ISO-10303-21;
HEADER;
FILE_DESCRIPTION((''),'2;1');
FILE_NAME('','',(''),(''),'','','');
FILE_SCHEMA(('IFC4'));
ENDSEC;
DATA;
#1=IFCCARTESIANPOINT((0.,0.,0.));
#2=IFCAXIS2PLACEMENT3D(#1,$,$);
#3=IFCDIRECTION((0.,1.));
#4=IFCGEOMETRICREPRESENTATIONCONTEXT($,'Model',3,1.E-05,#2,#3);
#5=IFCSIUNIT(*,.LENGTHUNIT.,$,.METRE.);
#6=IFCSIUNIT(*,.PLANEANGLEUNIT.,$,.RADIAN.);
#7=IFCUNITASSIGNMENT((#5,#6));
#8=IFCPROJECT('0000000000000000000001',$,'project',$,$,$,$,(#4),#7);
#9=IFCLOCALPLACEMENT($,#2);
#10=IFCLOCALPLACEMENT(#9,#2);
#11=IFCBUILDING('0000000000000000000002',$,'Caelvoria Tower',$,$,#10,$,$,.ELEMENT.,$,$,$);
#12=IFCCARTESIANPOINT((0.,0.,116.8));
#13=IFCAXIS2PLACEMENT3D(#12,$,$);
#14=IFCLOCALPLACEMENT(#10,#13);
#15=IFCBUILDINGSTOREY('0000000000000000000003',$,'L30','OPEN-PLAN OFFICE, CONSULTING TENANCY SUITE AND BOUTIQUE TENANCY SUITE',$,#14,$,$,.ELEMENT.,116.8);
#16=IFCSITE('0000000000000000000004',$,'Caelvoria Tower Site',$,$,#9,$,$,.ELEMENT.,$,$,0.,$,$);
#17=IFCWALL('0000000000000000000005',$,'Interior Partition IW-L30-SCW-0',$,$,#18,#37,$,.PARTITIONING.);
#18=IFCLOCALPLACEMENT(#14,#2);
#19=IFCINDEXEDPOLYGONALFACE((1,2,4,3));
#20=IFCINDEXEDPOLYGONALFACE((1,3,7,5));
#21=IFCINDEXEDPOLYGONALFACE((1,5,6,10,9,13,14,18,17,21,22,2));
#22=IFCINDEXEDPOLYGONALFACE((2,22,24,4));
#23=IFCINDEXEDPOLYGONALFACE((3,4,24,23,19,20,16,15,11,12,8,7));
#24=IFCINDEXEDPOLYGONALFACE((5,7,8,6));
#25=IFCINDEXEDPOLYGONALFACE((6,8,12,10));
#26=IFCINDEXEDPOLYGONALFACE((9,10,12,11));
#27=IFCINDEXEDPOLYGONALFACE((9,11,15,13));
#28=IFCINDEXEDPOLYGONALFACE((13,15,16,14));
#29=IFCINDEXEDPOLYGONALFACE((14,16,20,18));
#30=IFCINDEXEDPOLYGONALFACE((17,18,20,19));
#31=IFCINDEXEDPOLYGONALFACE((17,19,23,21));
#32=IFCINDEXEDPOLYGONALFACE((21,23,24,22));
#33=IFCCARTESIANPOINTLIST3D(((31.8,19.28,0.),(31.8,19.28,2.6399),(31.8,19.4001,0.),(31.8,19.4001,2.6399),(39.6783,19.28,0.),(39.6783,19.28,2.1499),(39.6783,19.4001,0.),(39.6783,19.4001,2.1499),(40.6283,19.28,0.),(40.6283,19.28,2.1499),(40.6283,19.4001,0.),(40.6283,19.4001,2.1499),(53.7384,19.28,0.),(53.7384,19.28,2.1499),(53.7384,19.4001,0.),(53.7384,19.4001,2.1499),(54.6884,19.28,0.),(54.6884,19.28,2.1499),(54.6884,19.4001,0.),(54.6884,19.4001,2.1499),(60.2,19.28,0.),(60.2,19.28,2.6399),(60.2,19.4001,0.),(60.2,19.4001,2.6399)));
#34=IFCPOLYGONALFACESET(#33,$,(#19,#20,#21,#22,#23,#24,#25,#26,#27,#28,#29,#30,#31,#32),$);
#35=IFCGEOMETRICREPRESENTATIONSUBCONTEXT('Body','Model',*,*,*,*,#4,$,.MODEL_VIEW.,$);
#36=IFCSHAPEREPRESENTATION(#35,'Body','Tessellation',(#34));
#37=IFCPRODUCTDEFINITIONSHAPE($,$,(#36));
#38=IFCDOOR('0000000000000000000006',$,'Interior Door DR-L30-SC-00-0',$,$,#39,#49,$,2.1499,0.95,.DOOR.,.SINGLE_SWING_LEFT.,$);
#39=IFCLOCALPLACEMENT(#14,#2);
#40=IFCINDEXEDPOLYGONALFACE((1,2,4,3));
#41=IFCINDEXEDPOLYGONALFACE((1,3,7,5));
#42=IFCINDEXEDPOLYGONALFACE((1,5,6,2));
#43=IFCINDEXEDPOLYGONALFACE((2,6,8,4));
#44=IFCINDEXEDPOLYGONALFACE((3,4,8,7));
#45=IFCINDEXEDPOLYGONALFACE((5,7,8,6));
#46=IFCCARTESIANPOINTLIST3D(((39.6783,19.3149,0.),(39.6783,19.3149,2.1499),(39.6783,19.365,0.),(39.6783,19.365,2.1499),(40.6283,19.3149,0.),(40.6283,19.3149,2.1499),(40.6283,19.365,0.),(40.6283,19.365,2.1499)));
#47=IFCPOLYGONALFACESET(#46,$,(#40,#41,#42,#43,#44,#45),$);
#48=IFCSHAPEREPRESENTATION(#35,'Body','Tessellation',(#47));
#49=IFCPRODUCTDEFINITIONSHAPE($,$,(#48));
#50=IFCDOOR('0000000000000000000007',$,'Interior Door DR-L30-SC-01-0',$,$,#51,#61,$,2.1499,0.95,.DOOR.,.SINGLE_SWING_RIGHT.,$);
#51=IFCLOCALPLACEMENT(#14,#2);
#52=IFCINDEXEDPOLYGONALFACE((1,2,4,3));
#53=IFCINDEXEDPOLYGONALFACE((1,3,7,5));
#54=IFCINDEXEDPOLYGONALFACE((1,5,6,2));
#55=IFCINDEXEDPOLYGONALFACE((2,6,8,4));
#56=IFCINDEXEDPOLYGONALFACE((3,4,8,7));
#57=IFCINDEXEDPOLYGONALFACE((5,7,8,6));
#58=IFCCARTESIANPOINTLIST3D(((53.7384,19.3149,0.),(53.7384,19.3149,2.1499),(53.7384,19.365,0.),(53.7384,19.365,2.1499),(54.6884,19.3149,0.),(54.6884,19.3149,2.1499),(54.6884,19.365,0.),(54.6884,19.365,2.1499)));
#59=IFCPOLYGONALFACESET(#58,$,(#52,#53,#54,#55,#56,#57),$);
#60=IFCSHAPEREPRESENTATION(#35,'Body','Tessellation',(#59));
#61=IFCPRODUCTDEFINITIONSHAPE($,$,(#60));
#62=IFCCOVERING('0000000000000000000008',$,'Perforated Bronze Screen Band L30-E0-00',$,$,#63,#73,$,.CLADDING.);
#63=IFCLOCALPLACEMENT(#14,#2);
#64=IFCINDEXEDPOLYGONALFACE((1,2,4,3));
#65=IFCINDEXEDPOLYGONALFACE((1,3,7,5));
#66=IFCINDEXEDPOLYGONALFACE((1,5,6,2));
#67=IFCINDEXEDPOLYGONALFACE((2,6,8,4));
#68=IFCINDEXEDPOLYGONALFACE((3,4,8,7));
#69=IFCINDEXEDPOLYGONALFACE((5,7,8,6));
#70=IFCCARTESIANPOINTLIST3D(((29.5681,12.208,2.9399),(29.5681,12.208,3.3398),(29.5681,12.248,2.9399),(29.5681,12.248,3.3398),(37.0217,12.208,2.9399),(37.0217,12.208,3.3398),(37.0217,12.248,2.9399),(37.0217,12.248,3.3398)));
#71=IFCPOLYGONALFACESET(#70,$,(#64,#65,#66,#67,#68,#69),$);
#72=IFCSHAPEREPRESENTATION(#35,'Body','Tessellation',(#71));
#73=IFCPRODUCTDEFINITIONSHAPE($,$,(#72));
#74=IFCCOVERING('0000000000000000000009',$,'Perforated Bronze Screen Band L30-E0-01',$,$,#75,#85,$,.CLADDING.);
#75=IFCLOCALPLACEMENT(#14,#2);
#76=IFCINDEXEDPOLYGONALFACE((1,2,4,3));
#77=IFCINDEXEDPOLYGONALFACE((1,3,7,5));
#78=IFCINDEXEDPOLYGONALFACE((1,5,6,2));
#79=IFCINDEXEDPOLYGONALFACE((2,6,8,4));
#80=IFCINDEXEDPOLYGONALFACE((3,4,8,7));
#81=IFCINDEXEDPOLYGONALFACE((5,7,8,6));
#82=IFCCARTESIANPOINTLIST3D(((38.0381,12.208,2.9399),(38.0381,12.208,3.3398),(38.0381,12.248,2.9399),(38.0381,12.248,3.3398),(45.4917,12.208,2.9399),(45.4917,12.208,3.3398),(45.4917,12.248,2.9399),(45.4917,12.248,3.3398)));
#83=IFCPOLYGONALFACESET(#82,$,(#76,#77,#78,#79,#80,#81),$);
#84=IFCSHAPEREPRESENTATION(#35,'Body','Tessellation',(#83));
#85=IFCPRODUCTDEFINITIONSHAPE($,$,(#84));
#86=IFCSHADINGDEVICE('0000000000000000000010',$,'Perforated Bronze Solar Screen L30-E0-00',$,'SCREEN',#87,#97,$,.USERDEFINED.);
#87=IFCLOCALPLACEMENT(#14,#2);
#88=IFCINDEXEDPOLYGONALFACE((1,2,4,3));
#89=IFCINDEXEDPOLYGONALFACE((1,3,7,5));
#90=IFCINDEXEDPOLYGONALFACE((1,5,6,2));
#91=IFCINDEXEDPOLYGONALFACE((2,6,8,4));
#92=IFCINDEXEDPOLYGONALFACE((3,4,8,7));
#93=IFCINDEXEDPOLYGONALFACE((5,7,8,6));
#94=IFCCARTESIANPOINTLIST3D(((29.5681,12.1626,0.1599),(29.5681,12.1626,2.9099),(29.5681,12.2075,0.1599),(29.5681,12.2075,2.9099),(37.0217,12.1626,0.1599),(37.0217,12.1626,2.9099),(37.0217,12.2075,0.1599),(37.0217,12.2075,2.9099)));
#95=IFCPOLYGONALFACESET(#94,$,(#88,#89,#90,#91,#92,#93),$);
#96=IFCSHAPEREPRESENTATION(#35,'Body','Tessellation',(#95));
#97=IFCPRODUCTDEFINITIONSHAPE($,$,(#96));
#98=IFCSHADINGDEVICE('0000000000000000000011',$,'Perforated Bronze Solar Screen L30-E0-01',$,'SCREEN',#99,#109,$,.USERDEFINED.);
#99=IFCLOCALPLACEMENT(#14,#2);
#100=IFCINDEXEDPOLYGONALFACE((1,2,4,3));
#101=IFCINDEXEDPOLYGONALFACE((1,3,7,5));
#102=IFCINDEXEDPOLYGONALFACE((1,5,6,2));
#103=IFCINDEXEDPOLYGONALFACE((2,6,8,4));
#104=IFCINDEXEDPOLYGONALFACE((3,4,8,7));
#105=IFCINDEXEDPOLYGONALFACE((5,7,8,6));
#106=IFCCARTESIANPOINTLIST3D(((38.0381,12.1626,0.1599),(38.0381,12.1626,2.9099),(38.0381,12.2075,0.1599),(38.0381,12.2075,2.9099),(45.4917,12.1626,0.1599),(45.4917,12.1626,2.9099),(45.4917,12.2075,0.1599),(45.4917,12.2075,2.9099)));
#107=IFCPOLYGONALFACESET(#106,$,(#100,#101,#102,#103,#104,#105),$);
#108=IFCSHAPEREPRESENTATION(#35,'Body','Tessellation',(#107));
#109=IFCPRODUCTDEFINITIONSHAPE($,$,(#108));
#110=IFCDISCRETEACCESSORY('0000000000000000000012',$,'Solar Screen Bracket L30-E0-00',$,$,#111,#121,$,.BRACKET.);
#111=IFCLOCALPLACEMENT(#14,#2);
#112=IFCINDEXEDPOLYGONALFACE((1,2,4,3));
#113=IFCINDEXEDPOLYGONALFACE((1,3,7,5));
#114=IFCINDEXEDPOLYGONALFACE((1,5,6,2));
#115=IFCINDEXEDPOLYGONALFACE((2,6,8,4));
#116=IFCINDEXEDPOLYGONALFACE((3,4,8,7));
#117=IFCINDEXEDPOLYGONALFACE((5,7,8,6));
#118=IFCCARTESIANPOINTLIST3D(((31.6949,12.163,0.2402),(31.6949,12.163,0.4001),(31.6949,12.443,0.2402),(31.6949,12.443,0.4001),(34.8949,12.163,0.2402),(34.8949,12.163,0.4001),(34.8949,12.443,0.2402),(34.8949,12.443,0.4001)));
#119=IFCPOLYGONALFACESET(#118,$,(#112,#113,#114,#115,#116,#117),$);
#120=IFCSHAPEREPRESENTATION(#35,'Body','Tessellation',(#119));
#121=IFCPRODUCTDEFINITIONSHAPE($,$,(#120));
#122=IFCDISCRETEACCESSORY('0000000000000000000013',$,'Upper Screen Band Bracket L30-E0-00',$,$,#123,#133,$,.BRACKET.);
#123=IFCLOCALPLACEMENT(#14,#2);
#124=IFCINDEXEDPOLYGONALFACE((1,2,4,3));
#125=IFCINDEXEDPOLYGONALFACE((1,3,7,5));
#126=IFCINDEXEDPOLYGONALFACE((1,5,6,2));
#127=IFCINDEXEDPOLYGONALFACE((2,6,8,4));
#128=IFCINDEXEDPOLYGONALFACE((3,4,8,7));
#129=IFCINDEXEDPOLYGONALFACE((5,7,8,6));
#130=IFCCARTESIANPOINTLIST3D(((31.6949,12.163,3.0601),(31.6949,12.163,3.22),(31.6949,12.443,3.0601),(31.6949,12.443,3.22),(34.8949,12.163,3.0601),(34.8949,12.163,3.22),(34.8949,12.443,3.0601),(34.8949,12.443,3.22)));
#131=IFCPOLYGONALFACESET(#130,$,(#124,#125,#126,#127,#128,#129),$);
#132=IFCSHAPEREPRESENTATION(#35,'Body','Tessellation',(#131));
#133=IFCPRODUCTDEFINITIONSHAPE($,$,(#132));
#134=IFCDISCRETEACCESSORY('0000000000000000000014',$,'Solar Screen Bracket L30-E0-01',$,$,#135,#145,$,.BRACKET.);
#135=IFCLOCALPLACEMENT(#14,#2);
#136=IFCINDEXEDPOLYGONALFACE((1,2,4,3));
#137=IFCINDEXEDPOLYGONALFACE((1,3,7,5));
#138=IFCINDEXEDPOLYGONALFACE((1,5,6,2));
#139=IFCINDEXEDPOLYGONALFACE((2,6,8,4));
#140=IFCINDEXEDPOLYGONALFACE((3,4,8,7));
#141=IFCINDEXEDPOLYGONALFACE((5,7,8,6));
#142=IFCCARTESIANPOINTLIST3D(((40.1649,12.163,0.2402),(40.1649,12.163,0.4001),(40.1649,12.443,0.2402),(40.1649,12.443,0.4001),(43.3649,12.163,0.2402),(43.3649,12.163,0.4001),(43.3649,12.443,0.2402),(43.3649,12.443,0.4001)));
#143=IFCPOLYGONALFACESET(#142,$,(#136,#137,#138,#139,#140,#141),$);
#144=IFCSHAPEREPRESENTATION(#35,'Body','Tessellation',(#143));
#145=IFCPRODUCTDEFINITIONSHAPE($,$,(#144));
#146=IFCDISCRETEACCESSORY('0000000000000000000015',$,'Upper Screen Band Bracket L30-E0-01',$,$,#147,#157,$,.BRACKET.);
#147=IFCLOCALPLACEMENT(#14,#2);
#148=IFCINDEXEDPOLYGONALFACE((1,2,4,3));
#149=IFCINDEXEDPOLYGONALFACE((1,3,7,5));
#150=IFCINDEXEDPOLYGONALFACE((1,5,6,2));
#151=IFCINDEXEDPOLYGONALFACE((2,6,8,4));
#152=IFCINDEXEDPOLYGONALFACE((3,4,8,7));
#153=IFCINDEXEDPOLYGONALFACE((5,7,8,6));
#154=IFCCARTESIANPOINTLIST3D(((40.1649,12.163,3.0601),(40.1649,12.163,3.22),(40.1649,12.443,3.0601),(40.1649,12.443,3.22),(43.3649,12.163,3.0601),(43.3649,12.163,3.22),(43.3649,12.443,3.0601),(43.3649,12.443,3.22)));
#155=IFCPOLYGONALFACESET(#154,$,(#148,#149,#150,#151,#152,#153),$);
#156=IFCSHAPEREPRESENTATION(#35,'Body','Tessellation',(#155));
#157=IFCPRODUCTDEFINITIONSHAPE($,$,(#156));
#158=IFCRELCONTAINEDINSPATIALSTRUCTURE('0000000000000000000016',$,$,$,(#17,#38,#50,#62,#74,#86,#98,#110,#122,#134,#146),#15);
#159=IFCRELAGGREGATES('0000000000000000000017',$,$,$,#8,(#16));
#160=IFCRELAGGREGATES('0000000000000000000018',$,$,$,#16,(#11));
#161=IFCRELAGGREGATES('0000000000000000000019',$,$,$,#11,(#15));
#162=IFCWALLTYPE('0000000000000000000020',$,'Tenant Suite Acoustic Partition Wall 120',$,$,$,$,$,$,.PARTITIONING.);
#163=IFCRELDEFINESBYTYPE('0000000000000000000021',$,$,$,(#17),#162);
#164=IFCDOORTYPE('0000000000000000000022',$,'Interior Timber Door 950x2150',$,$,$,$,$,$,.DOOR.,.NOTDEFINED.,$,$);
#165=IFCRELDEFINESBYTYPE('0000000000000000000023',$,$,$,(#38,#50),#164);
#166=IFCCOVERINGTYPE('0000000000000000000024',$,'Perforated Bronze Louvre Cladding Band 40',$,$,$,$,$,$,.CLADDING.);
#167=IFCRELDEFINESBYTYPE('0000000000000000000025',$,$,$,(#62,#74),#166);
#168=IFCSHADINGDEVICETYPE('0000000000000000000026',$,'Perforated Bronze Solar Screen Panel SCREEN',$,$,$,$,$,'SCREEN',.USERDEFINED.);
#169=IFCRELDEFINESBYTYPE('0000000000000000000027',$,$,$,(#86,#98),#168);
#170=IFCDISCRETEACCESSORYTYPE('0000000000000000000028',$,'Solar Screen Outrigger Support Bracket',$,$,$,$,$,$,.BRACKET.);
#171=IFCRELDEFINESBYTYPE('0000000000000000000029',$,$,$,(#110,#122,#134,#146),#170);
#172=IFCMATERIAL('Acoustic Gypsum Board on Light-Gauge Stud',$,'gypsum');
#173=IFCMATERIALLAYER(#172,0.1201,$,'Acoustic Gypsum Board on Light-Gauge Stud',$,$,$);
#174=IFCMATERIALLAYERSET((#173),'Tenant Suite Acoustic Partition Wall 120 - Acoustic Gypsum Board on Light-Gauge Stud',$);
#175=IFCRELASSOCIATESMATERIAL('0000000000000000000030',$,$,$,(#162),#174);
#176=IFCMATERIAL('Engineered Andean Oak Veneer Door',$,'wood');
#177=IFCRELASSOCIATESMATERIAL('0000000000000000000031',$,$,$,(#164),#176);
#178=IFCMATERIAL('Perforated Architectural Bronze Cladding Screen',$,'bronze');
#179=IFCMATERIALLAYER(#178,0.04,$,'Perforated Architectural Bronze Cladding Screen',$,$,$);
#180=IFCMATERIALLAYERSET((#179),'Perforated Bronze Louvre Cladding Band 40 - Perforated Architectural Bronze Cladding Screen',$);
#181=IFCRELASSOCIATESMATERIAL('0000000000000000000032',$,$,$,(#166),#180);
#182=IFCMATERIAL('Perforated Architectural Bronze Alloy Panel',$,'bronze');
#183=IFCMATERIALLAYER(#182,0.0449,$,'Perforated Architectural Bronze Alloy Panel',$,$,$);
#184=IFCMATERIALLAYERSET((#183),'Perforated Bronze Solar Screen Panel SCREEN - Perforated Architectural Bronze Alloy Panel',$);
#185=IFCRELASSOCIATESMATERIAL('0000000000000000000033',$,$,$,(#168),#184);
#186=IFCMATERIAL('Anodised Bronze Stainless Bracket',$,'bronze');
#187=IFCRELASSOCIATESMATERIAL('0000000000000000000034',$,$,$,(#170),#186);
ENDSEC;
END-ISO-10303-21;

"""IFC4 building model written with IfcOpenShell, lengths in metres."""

from ifc_helpers import new_model, si_unit, direction, frame, frame_2d, origin, origin_2d, place, context, subcontext, project, spatial, rectangle, extrude, material, layer, layer_set, type_object, element, fill, save


model = new_model("IFC4")

# Units and contexts
model_context = context("Model", 3, precision=1e-05, world=origin(), true_north=direction((0.0, 1.0)))
body_context = subcontext(model_context, "Body", "Model", "MODEL_VIEW")
ifc_project = project(units=[si_unit("LENGTHUNIT", "METRE"), si_unit("PLANEANGLEUNIT", "RADIAN")], contexts=[model_context])

# Site, building, storey
site_placement = place(None, origin())
site = spatial("IfcSite", under=ifc_project, at=site_placement, Name="Caelvoria Tower Site", CompositionType="ELEMENT", RefElevation=0.0)
building_placement = place(site_placement, origin())
building = spatial("IfcBuilding", under=site, at=building_placement, Name="Caelvoria Tower", CompositionType="ELEMENT")
storey_placement = place(building_placement, frame((0.0, 0.0, 116.8)))
storey = spatial("IfcBuildingStorey", under=building, at=storey_placement, Name="L30", Description="OPEN-PLAN OFFICE, CONSULTING TENANCY SUITE AND BOUTIQUE TENANCY SUITE", CompositionType="ELEMENT", Elevation=116.8)

# Wall, openings, doors
ifc_material_1 = material(Name="Acoustic Gypsum Board on Light-Gauge Stud", Category="gypsum")
ifc_layer_1 = layer(ifc_material_1, 0.1201, Name="Acoustic Gypsum Board on Light-Gauge Stud")
ifc_layer_set_1 = layer_set([ifc_layer_1], Name="Tenant Suite Acoustic Partition Wall 120 - Acoustic Gypsum Board on Light-Gauge Stud")
wall_type = type_object("IfcWallType", Name="Tenant Suite Acoustic Partition Wall 120", PredefinedType="PARTITIONING", material=ifc_layer_set_1)
wall_placement = place(storey_placement, frame((31.8, 19.3401, 0.0), z_axis=(0.0, 0.0, 1.0), x_axis=(1.0, 0.0, 0.0)))
wall = element("IfcWall", 1, at=wall_placement, inside=storey, type_object=wall_type, Name="Interior Partition IW-L30-SCW-0", PredefinedType="PARTITIONING", context=body_context, shape_type="SweptSolid", body=[
    extrude(rectangle(XDim=28.3999, YDim=0.1201, at=frame_2d((14.2, 0.0))), origin(), (0.0, 0.0, 1.0), 2.6399),
])
opening_1_placement = place(wall_placement, frame((7.8782, 0.0, 0.0)))
opening_1 = element("IfcOpeningElement", 2, at=opening_1_placement, cuts=wall, PredefinedType="OPENING", context=body_context, shape_type="SweptSolid", body=[
    extrude(rectangle(XDim=0.95, YDim=2.1499, at=frame_2d((0.4751, 1.075))), frame((0.0, 0.0701, 0.0), z_axis=(0.0, -1.0, 0.0), x_axis=(1.0, 0.0, 0.0)), (0.0, 0.0, 1.0), 0.1401),
])
opening_2_placement = place(wall_placement, frame((21.9382, 0.0, 0.0)))
opening_2 = element("IfcOpeningElement", 3, at=opening_2_placement, cuts=wall, PredefinedType="OPENING", context=body_context, shape_type="SweptSolid", body=[
    extrude(rectangle(XDim=0.95, YDim=2.1499, at=frame_2d((0.4751, 1.075))), frame((0.0, 0.0701, 0.0), z_axis=(0.0, -1.0, 0.0), x_axis=(1.0, 0.0, 0.0)), (0.0, 0.0, 1.0), 0.1401),
])
ifc_material_2 = material(Name="Engineered Andean Oak Veneer Door", Category="wood")
door_type = type_object("IfcDoorType", Name="Interior Timber Door 950x2150", OperationType="NOTDEFINED", PredefinedType="DOOR", material=ifc_material_2)
door_1_placement = place(opening_1_placement, origin())
door_1 = element("IfcDoor", 4, at=door_1_placement, inside=storey, type_object=door_type, Name="Interior Door DR-L30-SC-00-0", OperationType="SINGLE_SWING_LEFT", OverallHeight=2.1499, OverallWidth=0.95, PredefinedType="DOOR", context=body_context, shape_type="SweptSolid", body=[
    extrude(rectangle(XDim=0.95, YDim=2.1499, at=frame_2d((0.4751, 1.075))), frame((0.0, 0.0249, 0.0), z_axis=(0.0, -1.0, 0.0), x_axis=(1.0, 0.0, 0.0)), (0.0, 0.0, 1.0), 0.05),
])
fill(opening_1, door_1)
door_2_placement = place(opening_2_placement, origin())
door_2 = element("IfcDoor", 5, at=door_2_placement, inside=storey, type_object=door_type, Name="Interior Door DR-L30-SC-01-0", OperationType="SINGLE_SWING_RIGHT", OverallHeight=2.1499, OverallWidth=0.95, PredefinedType="DOOR", context=body_context, shape_type="SweptSolid", body=[
    extrude(rectangle(XDim=0.95, YDim=2.1499, at=frame_2d((0.4751, 1.075))), frame((0.0, 0.0249, 0.0), z_axis=(0.0, -1.0, 0.0), x_axis=(1.0, 0.0, 0.0)), (0.0, 0.0, 1.0), 0.05),
])
fill(opening_2, door_2)

# Coverings
ifc_material_3 = material(Name="Perforated Architectural Bronze Cladding Screen", Category="bronze")
ifc_layer_2 = layer(ifc_material_3, 0.04, Name="Perforated Architectural Bronze Cladding Screen")
ifc_layer_set_2 = layer_set([ifc_layer_2], Name="Perforated Bronze Louvre Cladding Band 40 - Perforated Architectural Bronze Cladding Screen")
covering_type = type_object("IfcCoveringType", Name="Perforated Bronze Louvre Cladding Band 40", PredefinedType="CLADDING", material=ifc_layer_set_2)
for number, where, z_axis, x_axis, name in (
    (6, (33.2949, 12.228, 2.9399), (0.0, 0.0, 1.0), (1.0, 0.0, 0.0), "Perforated Bronze Screen Band L30-E0-00"),
    (7, (41.7649, 12.228, 2.9399), (0.0, 0.0, 1.0), (1.0, 0.0, 0.0), "Perforated Bronze Screen Band L30-E0-01"),
):
    element("IfcCovering", number, at=place(storey_placement, frame(where, z_axis=z_axis, x_axis=x_axis)), inside=storey, type_object=covering_type, Name=name, PredefinedType="CLADDING", context=body_context, shape_type="SweptSolid", body=[
        extrude(rectangle(XDim=7.4536, YDim=0.04, at=origin_2d()), origin(), (0.0, 0.0, 1.0), 0.3999),
    ])

# Shading devices
ifc_material_4 = material(Name="Perforated Architectural Bronze Alloy Panel", Category="bronze")
ifc_layer_3 = layer(ifc_material_4, 0.0449, Name="Perforated Architectural Bronze Alloy Panel")
ifc_layer_set_3 = layer_set([ifc_layer_3], Name="Perforated Bronze Solar Screen Panel SCREEN - Perforated Architectural Bronze Alloy Panel")
shading_device_type = type_object("IfcShadingDeviceType", Name="Perforated Bronze Solar Screen Panel SCREEN", ElementType="SCREEN", PredefinedType="USERDEFINED", material=ifc_layer_set_3)
for number, where, z_axis, x_axis, name in (
    (8, (33.2949, 12.1851, 0.1599), (0.0, 0.0, 1.0), (1.0, 0.0, 0.0), "Perforated Bronze Solar Screen L30-E0-00"),
    (9, (41.7649, 12.1851, 0.1599), (0.0, 0.0, 1.0), (1.0, 0.0, 0.0), "Perforated Bronze Solar Screen L30-E0-01"),
):
    element("IfcShadingDevice", number, at=place(storey_placement, frame(where, z_axis=z_axis, x_axis=x_axis)), inside=storey, type_object=shading_device_type, Name=name, ObjectType="SCREEN", PredefinedType="USERDEFINED", context=body_context, shape_type="SweptSolid", body=[
        extrude(rectangle(XDim=7.4536, YDim=0.0449, at=origin_2d()), origin(), (0.0, 0.0, 1.0), 2.75),
    ])

# Discrete accessories
ifc_material_5 = material(Name="Anodised Bronze Stainless Bracket", Category="bronze")
discrete_accessory_type = type_object("IfcDiscreteAccessoryType", Name="Solar Screen Outrigger Support Bracket", PredefinedType="BRACKET", material=ifc_material_5)
for number, where, z_axis, x_axis, name in (
    (10, (33.2949, 12.303, 0.2402), (0.0, 0.0, 1.0), (1.0, 0.0, 0.0), "Solar Screen Bracket L30-E0-00"),
    (11, (33.2949, 12.303, 3.0601), (0.0, 0.0, 1.0), (1.0, 0.0, 0.0), "Upper Screen Band Bracket L30-E0-00"),
    (12, (41.7649, 12.303, 0.2402), (0.0, 0.0, 1.0), (1.0, 0.0, 0.0), "Solar Screen Bracket L30-E0-01"),
    (13, (41.7649, 12.303, 3.0601), (0.0, 0.0, 1.0), (1.0, 0.0, 0.0), "Upper Screen Band Bracket L30-E0-01"),
):
    element("IfcDiscreteAccessory", number, at=place(storey_placement, frame(where, z_axis=z_axis, x_axis=x_axis)), inside=storey, type_object=discrete_accessory_type, Name=name, PredefinedType="BRACKET", context=body_context, shape_type="SweptSolid", body=[
        extrude(rectangle(XDim=3.2, YDim=0.28, at=origin_2d()), origin(), (0.0, 0.0, 1.0), 0.1599),
    ])

save(model, "model.ifc")
